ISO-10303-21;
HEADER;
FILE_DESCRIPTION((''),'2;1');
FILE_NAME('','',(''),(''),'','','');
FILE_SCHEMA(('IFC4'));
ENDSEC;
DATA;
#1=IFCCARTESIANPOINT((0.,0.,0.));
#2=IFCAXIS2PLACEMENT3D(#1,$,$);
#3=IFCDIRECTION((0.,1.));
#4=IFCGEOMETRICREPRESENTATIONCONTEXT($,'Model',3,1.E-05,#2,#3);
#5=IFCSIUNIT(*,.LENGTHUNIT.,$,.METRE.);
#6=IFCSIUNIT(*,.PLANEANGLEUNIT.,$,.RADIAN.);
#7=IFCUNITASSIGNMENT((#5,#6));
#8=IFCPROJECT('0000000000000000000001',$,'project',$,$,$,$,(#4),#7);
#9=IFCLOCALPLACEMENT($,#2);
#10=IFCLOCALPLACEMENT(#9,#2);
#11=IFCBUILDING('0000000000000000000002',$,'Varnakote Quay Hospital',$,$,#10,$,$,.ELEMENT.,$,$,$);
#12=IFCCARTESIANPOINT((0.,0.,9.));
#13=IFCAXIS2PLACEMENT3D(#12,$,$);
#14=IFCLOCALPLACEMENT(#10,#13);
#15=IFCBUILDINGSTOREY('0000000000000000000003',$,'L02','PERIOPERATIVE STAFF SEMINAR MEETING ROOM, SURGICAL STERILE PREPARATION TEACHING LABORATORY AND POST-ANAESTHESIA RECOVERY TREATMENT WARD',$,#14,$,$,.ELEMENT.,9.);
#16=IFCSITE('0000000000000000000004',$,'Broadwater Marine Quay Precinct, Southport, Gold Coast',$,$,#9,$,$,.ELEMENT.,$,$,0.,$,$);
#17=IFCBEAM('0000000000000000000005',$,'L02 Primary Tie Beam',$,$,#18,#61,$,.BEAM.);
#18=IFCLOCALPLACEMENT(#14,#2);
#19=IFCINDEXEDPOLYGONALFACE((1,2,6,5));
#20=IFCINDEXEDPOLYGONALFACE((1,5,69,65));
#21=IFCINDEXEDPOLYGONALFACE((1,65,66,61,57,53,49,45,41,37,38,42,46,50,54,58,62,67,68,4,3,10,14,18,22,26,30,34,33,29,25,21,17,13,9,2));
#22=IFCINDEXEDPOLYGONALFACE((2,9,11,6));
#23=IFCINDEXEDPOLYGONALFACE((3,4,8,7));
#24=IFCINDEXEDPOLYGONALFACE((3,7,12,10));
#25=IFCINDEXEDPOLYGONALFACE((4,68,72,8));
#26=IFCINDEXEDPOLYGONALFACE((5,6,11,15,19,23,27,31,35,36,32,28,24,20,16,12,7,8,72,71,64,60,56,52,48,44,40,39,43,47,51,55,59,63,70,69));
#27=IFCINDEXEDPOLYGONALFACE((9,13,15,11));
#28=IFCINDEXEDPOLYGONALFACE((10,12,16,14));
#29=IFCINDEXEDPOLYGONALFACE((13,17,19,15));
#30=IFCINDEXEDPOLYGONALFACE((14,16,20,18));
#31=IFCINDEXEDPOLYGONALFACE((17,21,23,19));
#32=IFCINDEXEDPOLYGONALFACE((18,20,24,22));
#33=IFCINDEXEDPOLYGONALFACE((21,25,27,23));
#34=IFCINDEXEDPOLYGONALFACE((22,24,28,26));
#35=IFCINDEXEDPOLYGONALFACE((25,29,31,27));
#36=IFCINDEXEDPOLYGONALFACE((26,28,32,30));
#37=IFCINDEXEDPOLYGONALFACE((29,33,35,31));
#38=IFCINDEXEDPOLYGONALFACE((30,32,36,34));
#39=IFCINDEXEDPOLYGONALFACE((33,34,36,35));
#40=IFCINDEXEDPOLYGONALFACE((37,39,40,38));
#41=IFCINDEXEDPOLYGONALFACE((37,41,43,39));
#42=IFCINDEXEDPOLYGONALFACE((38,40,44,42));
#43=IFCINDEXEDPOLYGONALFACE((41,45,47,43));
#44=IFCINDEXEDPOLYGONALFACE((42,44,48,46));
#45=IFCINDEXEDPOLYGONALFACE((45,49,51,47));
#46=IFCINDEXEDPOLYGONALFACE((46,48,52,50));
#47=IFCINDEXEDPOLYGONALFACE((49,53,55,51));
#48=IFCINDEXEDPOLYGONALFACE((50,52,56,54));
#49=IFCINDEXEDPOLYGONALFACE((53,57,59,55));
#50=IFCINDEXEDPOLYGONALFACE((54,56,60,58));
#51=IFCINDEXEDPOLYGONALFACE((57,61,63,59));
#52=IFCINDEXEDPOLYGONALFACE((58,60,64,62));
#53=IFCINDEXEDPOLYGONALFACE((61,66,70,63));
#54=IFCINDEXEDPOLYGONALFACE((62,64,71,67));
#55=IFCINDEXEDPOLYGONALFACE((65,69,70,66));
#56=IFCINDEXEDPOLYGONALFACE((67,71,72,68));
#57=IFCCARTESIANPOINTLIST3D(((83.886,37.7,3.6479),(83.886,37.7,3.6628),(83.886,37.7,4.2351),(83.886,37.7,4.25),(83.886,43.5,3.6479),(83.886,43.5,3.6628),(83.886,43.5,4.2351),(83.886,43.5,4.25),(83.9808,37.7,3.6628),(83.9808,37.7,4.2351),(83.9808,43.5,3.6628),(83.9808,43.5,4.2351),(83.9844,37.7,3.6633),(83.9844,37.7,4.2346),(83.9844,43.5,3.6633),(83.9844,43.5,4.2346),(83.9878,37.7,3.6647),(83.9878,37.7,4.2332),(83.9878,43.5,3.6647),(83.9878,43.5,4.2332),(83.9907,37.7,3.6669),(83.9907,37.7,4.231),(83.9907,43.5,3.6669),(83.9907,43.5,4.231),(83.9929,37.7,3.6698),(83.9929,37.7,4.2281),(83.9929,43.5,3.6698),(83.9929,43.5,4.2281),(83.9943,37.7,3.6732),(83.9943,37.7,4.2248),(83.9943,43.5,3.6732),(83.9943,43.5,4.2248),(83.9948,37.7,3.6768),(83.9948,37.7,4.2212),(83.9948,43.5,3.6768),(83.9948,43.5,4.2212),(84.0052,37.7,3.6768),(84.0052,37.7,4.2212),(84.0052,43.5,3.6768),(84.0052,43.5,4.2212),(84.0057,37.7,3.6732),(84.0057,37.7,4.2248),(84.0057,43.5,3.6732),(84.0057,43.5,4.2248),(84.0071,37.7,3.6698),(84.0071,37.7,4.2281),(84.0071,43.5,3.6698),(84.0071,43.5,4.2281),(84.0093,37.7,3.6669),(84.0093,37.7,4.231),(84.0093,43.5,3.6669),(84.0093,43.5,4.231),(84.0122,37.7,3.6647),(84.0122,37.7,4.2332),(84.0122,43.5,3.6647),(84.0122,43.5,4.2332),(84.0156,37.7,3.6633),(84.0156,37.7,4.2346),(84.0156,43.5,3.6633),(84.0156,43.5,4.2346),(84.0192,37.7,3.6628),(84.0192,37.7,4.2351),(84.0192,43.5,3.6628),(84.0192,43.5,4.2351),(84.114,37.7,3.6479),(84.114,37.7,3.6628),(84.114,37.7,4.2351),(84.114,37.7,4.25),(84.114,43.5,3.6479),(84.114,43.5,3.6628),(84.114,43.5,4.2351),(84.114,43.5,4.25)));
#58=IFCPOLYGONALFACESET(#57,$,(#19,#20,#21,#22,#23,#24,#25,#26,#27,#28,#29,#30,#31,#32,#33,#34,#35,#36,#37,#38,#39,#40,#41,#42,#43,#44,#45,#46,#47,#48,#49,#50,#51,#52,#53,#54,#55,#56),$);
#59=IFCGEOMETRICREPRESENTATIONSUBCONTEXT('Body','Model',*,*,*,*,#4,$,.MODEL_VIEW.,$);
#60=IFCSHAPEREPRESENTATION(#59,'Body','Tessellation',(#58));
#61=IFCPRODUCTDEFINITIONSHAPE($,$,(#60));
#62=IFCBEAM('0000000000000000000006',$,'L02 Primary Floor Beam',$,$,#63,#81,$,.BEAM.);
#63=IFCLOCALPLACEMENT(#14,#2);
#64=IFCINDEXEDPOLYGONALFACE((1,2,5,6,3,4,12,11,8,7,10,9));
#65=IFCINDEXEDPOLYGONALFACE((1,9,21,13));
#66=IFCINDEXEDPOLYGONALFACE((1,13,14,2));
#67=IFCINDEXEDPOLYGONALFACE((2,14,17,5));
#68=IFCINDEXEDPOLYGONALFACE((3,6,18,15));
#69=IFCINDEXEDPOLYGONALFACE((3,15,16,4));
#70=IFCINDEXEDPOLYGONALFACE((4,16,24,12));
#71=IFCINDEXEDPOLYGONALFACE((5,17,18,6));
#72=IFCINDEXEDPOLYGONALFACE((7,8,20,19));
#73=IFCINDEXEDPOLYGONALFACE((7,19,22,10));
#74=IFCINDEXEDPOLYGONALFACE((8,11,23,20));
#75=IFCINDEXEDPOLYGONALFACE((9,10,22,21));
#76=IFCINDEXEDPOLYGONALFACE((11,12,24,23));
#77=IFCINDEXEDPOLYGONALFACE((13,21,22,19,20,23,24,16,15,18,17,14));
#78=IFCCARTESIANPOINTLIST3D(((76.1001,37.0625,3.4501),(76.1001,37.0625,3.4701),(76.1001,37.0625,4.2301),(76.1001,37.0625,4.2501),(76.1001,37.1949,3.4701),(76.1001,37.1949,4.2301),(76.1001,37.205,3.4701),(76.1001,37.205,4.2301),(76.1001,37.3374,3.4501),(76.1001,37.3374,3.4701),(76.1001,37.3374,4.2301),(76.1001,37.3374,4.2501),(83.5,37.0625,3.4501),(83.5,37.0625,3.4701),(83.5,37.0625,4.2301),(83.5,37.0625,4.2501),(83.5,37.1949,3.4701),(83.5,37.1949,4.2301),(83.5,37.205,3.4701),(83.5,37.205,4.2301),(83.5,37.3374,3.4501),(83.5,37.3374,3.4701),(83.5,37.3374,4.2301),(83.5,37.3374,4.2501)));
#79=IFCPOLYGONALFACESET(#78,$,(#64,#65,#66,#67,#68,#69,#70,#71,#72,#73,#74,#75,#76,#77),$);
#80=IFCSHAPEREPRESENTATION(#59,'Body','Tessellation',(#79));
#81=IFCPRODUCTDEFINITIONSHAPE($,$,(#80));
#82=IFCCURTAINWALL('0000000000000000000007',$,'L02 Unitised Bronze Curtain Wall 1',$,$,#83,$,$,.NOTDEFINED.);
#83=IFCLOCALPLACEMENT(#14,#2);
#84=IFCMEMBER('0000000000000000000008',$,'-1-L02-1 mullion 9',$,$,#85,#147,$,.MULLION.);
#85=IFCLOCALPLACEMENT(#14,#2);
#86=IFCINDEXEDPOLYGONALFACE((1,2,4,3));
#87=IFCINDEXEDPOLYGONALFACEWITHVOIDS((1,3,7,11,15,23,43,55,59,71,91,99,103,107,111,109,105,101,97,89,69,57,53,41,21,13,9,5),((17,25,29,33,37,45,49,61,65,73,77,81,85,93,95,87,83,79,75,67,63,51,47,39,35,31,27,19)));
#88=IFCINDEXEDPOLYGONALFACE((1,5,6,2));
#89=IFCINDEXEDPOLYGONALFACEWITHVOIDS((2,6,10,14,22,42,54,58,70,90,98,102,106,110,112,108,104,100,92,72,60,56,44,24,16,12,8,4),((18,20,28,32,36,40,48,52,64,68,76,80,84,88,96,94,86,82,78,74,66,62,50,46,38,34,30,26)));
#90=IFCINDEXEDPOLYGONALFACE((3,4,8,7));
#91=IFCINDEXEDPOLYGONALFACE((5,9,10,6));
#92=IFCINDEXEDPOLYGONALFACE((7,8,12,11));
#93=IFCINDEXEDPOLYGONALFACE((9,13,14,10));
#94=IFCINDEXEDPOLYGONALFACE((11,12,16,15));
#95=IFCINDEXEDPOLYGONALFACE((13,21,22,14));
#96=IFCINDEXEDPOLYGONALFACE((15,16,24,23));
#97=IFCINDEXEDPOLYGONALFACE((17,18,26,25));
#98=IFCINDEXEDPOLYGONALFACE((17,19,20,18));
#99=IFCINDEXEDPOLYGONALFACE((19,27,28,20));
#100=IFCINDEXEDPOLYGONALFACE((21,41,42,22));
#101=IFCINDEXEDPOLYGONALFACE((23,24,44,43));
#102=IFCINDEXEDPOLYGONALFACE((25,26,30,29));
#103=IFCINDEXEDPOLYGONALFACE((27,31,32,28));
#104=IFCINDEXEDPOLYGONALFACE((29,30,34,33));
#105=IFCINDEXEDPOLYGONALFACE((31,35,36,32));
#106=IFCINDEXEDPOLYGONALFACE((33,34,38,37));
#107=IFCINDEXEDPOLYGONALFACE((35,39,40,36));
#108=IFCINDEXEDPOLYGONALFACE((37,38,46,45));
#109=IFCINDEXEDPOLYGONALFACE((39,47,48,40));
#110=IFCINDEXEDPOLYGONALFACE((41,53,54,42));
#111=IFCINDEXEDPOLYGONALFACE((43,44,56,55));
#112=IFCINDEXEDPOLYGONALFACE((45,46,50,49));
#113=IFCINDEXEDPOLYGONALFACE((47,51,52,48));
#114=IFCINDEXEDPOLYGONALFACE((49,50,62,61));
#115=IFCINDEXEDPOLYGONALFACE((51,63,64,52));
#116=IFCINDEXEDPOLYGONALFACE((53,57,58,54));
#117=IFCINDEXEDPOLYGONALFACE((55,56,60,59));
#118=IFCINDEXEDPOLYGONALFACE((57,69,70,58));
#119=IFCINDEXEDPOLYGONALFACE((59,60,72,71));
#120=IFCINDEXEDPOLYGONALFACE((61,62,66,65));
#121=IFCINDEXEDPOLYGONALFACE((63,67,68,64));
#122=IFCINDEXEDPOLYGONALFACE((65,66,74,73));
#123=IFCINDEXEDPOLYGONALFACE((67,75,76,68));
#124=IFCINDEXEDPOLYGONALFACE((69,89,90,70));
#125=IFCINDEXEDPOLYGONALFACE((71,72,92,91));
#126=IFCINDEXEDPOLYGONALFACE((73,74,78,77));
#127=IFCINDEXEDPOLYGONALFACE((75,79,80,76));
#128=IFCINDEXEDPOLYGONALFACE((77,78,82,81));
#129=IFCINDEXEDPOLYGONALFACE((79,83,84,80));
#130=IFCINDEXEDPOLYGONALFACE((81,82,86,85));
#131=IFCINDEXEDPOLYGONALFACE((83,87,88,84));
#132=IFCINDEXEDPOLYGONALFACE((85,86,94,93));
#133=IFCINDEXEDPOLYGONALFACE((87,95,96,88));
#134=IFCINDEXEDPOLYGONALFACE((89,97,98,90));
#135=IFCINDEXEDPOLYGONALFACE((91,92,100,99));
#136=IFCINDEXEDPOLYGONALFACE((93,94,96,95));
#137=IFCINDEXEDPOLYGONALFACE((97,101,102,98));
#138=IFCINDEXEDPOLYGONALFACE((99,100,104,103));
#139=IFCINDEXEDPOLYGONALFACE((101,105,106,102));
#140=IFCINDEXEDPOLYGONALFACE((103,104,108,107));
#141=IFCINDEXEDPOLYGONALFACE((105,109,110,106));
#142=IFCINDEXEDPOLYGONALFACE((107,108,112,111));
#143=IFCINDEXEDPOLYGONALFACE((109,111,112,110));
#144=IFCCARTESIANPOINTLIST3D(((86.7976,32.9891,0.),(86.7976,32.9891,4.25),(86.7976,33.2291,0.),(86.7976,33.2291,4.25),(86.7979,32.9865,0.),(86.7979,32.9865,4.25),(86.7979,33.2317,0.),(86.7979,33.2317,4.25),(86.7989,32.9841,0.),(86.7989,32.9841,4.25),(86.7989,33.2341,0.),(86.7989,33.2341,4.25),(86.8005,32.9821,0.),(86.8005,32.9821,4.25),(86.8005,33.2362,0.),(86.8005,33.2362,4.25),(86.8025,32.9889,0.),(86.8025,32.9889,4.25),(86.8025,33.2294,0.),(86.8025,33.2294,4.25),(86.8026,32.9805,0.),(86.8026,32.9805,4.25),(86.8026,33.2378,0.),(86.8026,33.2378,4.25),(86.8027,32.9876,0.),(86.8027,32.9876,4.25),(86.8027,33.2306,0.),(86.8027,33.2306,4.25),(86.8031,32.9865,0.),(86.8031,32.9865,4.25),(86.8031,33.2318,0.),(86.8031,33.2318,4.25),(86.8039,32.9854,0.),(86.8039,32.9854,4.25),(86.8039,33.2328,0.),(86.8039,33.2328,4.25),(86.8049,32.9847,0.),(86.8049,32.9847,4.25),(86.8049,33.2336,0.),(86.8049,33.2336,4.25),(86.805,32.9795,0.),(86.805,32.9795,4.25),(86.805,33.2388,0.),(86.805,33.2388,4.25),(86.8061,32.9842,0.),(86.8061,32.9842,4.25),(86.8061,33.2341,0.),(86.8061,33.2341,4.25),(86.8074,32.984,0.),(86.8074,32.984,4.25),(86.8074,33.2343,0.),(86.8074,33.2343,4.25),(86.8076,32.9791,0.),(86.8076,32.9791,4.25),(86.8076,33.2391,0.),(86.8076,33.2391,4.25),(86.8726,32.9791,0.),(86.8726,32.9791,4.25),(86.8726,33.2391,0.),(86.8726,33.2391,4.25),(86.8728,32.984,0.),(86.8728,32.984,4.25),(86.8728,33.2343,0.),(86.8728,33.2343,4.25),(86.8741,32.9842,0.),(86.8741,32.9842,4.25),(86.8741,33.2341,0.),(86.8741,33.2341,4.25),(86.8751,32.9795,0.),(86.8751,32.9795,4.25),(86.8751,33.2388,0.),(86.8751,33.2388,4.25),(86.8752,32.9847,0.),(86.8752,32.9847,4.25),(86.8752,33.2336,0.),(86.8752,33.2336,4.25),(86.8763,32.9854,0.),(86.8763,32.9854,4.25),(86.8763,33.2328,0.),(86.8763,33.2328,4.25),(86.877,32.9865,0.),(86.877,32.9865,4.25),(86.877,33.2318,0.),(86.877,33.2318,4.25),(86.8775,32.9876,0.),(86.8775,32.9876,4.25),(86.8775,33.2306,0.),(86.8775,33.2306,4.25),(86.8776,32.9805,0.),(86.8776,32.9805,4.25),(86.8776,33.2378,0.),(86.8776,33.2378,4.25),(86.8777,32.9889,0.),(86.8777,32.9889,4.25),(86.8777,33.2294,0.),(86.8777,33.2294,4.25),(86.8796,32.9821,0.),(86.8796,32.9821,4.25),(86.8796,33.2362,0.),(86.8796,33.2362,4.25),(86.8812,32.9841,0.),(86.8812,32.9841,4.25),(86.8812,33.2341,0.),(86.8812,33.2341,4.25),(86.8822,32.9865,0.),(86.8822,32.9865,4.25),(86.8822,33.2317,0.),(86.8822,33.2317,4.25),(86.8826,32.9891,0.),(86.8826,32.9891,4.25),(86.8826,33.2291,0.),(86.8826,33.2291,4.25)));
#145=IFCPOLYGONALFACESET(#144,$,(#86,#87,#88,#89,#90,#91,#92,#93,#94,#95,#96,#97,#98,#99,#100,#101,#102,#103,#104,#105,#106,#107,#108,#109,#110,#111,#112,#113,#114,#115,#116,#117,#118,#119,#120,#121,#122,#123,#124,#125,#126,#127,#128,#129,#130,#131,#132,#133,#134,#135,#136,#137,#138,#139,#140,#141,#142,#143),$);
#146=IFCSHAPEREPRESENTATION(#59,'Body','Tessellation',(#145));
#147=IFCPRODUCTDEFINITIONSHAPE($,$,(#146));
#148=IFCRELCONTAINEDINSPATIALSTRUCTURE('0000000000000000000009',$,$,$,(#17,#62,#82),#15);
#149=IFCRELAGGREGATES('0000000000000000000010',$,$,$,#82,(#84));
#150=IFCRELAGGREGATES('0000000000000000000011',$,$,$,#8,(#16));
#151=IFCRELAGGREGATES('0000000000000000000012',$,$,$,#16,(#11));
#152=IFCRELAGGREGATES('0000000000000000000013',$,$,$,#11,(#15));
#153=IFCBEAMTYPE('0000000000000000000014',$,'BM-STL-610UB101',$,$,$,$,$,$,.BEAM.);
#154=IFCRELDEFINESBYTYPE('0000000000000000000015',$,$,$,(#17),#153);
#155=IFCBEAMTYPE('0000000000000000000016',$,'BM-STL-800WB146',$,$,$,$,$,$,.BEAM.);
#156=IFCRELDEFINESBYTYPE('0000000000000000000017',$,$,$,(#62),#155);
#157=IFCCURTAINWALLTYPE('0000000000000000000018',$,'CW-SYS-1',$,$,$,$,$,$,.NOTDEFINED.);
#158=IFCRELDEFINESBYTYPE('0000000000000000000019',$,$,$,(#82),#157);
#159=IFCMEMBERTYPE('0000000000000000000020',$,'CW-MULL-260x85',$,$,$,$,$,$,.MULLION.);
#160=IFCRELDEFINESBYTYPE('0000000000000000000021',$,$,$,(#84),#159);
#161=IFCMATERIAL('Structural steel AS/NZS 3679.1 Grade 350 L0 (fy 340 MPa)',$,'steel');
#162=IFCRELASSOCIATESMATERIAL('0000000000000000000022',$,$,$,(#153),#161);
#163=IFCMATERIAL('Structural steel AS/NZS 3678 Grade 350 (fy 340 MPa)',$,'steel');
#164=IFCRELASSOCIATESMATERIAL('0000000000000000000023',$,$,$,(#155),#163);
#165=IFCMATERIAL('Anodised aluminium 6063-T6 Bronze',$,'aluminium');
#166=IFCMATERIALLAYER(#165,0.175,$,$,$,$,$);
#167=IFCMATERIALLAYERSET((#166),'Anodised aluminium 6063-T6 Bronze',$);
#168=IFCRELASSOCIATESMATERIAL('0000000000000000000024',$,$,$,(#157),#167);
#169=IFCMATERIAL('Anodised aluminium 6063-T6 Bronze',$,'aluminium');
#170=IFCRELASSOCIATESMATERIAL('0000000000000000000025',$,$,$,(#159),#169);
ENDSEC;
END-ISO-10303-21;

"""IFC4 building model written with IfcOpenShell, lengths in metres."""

from ifc_helpers import new_model, si_unit, direction, frame, origin, origin_2d, place, context, subcontext, project, spatial, hollow_rectangle, i_section, extrude, material, layer, layer_set, material_profile, profile_set, type_object, element, aggregate, save


model = new_model("IFC4")

# Units and contexts
model_context = context("Model", 3, precision=1e-05, world=origin(), true_north=direction((0.0, 1.0)))
body_context = subcontext(model_context, "Body", "Model", "MODEL_VIEW")
ifc_project = project(units=[si_unit("LENGTHUNIT", "METRE"), si_unit("PLANEANGLEUNIT", "RADIAN")], contexts=[model_context])

# Site, building, storey
site_placement = place(None, origin())
site = spatial("IfcSite", under=ifc_project, at=site_placement, Name="Broadwater Marine Quay Precinct, Southport, Gold Coast", CompositionType="ELEMENT", RefElevation=0.0)
building_placement = place(site_placement, origin())
building = spatial("IfcBuilding", under=site, at=building_placement, Name="Varnakote Quay Hospital", CompositionType="ELEMENT")
storey_placement = place(building_placement, frame((0.0, 0.0, 9.0)))
storey = spatial("IfcBuildingStorey", under=building, at=storey_placement, Name="L02", Description="PERIOPERATIVE STAFF SEMINAR MEETING ROOM, SURGICAL STERILE PREPARATION TEACHING LABORATORY AND POST-ANAESTHESIA RECOVERY TREATMENT WARD", CompositionType="ELEMENT", Elevation=9.0)

# Beams
ifc_material_1 = material(Name="Structural steel AS/NZS 3679.1 Grade 350 L0 (fy 340 MPa)", Category="steel")
ifc_material_profile_1 = material_profile(ifc_material_1, i_section(OverallWidth=0.228, OverallDepth=0.6021, WebThickness=0.0105, FlangeThickness=0.0149, FilletRadius=0.0139, at=origin_2d()), Name="610UB101")
ifc_profile_set_1 = profile_set([ifc_material_profile_1], Name="Structural steel AS/NZS 3679.1 Grade 350 L0 (fy 340 MPa)")
beam_type_1 = type_object("IfcBeamType", Name="BM-STL-610UB101", PredefinedType="BEAM", material=ifc_profile_set_1)
beam_1_placement = place(storey_placement, frame((84.0, 37.7, 3.949), z_axis=(0.0, 1.0, 0.0), x_axis=(-1.0, 0.0, 0.0)))
element("IfcBeam", 1, at=beam_1_placement, inside=storey, type_object=beam_type_1, Name="L02 Primary Tie Beam", PredefinedType="BEAM", context=body_context, shape_type="SweptSolid", body=[
    extrude(i_section(OverallWidth=0.228, OverallDepth=0.6021, WebThickness=0.0105, FlangeThickness=0.0149, FilletRadius=0.0139, at=origin_2d()), origin(), (0.0, 0.0, 1.0), 5.8),
])
ifc_material_2 = material(Name="Structural steel AS/NZS 3678 Grade 350 (fy 340 MPa)", Category="steel")
ifc_material_profile_2 = material_profile(ifc_material_2, i_section(OverallWidth=0.2749, OverallDepth=0.8, WebThickness=0.01, FlangeThickness=0.02, at=origin_2d()), Name="800WB146")
ifc_profile_set_2 = profile_set([ifc_material_profile_2], Name="Structural steel AS/NZS 3678 Grade 350 (fy 340 MPa)")
beam_type_2 = type_object("IfcBeamType", Name="BM-STL-800WB146", PredefinedType="BEAM", material=ifc_profile_set_2)
beam_2_placement = place(storey_placement, frame((76.1001, 37.2, 3.8501), z_axis=(1.0, 0.0, 0.0), x_axis=(0.0, 1.0, 0.0)))
element("IfcBeam", 2, at=beam_2_placement, inside=storey, type_object=beam_type_2, Name="L02 Primary Floor Beam", PredefinedType="BEAM", context=body_context, shape_type="SweptSolid", body=[
    extrude(i_section(OverallWidth=0.2749, OverallDepth=0.8, WebThickness=0.01, FlangeThickness=0.02, at=origin_2d()), origin(), (0.0, 0.0, 1.0), 7.3999),
])

# Curtain wall, member
ifc_material_3 = material(Name="Anodised aluminium 6063-T6 Bronze", Category="aluminium")
ifc_layer_1 = layer(ifc_material_3, 0.175)
ifc_layer_set_1 = layer_set([ifc_layer_1], Name="Anodised aluminium 6063-T6 Bronze")
curtain_wall_type = type_object("IfcCurtainWallType", Name="CW-SYS-1", PredefinedType="NOTDEFINED", material=ifc_layer_set_1)
curtain_wall_placement = place(storey_placement, origin())
curtain_wall = element("IfcCurtainWall", 3, at=curtain_wall_placement, inside=storey, type_object=curtain_wall_type, Name="L02 Unitised Bronze Curtain Wall 1", PredefinedType="NOTDEFINED")
ifc_material_4 = material(Name="Anodised aluminium 6063-T6 Bronze", Category="aluminium")
ifc_material_profile_3 = material_profile(ifc_material_4, hollow_rectangle(XDim=0.085, YDim=0.26, WallThickness=0.0049, InnerFilletRadius=0.0049, OuterFilletRadius=0.01, at=origin_2d()), Name="CW-MULL-260x85")
ifc_profile_set_3 = profile_set([ifc_material_profile_3], Name="Anodised aluminium 6063-T6 Bronze")
member_type_1 = type_object("IfcMemberType", Name="CW-MULL-260x85", PredefinedType="MULLION", material=ifc_profile_set_3)
member_1_placement = place(storey_placement, frame((86.8401, 33.1091, 0.0), z_axis=(0.0, 0.0, 1.0), x_axis=(-1.0, 0.0, 0.0)))
member_1 = element("IfcMember", 4, at=member_1_placement, type_object=member_type_1, Name="-1-L02-1 mullion 9", PredefinedType="MULLION", context=body_context, shape_type="SweptSolid", body=[
    extrude(hollow_rectangle(XDim=0.085, YDim=0.26, WallThickness=0.0049, InnerFilletRadius=0.0049, OuterFilletRadius=0.01, at=origin_2d()), origin(), (0.0, 0.0, 1.0), 4.25),
])

aggregate(curtain_wall, [member_1])

save(model, "model.ifc")
